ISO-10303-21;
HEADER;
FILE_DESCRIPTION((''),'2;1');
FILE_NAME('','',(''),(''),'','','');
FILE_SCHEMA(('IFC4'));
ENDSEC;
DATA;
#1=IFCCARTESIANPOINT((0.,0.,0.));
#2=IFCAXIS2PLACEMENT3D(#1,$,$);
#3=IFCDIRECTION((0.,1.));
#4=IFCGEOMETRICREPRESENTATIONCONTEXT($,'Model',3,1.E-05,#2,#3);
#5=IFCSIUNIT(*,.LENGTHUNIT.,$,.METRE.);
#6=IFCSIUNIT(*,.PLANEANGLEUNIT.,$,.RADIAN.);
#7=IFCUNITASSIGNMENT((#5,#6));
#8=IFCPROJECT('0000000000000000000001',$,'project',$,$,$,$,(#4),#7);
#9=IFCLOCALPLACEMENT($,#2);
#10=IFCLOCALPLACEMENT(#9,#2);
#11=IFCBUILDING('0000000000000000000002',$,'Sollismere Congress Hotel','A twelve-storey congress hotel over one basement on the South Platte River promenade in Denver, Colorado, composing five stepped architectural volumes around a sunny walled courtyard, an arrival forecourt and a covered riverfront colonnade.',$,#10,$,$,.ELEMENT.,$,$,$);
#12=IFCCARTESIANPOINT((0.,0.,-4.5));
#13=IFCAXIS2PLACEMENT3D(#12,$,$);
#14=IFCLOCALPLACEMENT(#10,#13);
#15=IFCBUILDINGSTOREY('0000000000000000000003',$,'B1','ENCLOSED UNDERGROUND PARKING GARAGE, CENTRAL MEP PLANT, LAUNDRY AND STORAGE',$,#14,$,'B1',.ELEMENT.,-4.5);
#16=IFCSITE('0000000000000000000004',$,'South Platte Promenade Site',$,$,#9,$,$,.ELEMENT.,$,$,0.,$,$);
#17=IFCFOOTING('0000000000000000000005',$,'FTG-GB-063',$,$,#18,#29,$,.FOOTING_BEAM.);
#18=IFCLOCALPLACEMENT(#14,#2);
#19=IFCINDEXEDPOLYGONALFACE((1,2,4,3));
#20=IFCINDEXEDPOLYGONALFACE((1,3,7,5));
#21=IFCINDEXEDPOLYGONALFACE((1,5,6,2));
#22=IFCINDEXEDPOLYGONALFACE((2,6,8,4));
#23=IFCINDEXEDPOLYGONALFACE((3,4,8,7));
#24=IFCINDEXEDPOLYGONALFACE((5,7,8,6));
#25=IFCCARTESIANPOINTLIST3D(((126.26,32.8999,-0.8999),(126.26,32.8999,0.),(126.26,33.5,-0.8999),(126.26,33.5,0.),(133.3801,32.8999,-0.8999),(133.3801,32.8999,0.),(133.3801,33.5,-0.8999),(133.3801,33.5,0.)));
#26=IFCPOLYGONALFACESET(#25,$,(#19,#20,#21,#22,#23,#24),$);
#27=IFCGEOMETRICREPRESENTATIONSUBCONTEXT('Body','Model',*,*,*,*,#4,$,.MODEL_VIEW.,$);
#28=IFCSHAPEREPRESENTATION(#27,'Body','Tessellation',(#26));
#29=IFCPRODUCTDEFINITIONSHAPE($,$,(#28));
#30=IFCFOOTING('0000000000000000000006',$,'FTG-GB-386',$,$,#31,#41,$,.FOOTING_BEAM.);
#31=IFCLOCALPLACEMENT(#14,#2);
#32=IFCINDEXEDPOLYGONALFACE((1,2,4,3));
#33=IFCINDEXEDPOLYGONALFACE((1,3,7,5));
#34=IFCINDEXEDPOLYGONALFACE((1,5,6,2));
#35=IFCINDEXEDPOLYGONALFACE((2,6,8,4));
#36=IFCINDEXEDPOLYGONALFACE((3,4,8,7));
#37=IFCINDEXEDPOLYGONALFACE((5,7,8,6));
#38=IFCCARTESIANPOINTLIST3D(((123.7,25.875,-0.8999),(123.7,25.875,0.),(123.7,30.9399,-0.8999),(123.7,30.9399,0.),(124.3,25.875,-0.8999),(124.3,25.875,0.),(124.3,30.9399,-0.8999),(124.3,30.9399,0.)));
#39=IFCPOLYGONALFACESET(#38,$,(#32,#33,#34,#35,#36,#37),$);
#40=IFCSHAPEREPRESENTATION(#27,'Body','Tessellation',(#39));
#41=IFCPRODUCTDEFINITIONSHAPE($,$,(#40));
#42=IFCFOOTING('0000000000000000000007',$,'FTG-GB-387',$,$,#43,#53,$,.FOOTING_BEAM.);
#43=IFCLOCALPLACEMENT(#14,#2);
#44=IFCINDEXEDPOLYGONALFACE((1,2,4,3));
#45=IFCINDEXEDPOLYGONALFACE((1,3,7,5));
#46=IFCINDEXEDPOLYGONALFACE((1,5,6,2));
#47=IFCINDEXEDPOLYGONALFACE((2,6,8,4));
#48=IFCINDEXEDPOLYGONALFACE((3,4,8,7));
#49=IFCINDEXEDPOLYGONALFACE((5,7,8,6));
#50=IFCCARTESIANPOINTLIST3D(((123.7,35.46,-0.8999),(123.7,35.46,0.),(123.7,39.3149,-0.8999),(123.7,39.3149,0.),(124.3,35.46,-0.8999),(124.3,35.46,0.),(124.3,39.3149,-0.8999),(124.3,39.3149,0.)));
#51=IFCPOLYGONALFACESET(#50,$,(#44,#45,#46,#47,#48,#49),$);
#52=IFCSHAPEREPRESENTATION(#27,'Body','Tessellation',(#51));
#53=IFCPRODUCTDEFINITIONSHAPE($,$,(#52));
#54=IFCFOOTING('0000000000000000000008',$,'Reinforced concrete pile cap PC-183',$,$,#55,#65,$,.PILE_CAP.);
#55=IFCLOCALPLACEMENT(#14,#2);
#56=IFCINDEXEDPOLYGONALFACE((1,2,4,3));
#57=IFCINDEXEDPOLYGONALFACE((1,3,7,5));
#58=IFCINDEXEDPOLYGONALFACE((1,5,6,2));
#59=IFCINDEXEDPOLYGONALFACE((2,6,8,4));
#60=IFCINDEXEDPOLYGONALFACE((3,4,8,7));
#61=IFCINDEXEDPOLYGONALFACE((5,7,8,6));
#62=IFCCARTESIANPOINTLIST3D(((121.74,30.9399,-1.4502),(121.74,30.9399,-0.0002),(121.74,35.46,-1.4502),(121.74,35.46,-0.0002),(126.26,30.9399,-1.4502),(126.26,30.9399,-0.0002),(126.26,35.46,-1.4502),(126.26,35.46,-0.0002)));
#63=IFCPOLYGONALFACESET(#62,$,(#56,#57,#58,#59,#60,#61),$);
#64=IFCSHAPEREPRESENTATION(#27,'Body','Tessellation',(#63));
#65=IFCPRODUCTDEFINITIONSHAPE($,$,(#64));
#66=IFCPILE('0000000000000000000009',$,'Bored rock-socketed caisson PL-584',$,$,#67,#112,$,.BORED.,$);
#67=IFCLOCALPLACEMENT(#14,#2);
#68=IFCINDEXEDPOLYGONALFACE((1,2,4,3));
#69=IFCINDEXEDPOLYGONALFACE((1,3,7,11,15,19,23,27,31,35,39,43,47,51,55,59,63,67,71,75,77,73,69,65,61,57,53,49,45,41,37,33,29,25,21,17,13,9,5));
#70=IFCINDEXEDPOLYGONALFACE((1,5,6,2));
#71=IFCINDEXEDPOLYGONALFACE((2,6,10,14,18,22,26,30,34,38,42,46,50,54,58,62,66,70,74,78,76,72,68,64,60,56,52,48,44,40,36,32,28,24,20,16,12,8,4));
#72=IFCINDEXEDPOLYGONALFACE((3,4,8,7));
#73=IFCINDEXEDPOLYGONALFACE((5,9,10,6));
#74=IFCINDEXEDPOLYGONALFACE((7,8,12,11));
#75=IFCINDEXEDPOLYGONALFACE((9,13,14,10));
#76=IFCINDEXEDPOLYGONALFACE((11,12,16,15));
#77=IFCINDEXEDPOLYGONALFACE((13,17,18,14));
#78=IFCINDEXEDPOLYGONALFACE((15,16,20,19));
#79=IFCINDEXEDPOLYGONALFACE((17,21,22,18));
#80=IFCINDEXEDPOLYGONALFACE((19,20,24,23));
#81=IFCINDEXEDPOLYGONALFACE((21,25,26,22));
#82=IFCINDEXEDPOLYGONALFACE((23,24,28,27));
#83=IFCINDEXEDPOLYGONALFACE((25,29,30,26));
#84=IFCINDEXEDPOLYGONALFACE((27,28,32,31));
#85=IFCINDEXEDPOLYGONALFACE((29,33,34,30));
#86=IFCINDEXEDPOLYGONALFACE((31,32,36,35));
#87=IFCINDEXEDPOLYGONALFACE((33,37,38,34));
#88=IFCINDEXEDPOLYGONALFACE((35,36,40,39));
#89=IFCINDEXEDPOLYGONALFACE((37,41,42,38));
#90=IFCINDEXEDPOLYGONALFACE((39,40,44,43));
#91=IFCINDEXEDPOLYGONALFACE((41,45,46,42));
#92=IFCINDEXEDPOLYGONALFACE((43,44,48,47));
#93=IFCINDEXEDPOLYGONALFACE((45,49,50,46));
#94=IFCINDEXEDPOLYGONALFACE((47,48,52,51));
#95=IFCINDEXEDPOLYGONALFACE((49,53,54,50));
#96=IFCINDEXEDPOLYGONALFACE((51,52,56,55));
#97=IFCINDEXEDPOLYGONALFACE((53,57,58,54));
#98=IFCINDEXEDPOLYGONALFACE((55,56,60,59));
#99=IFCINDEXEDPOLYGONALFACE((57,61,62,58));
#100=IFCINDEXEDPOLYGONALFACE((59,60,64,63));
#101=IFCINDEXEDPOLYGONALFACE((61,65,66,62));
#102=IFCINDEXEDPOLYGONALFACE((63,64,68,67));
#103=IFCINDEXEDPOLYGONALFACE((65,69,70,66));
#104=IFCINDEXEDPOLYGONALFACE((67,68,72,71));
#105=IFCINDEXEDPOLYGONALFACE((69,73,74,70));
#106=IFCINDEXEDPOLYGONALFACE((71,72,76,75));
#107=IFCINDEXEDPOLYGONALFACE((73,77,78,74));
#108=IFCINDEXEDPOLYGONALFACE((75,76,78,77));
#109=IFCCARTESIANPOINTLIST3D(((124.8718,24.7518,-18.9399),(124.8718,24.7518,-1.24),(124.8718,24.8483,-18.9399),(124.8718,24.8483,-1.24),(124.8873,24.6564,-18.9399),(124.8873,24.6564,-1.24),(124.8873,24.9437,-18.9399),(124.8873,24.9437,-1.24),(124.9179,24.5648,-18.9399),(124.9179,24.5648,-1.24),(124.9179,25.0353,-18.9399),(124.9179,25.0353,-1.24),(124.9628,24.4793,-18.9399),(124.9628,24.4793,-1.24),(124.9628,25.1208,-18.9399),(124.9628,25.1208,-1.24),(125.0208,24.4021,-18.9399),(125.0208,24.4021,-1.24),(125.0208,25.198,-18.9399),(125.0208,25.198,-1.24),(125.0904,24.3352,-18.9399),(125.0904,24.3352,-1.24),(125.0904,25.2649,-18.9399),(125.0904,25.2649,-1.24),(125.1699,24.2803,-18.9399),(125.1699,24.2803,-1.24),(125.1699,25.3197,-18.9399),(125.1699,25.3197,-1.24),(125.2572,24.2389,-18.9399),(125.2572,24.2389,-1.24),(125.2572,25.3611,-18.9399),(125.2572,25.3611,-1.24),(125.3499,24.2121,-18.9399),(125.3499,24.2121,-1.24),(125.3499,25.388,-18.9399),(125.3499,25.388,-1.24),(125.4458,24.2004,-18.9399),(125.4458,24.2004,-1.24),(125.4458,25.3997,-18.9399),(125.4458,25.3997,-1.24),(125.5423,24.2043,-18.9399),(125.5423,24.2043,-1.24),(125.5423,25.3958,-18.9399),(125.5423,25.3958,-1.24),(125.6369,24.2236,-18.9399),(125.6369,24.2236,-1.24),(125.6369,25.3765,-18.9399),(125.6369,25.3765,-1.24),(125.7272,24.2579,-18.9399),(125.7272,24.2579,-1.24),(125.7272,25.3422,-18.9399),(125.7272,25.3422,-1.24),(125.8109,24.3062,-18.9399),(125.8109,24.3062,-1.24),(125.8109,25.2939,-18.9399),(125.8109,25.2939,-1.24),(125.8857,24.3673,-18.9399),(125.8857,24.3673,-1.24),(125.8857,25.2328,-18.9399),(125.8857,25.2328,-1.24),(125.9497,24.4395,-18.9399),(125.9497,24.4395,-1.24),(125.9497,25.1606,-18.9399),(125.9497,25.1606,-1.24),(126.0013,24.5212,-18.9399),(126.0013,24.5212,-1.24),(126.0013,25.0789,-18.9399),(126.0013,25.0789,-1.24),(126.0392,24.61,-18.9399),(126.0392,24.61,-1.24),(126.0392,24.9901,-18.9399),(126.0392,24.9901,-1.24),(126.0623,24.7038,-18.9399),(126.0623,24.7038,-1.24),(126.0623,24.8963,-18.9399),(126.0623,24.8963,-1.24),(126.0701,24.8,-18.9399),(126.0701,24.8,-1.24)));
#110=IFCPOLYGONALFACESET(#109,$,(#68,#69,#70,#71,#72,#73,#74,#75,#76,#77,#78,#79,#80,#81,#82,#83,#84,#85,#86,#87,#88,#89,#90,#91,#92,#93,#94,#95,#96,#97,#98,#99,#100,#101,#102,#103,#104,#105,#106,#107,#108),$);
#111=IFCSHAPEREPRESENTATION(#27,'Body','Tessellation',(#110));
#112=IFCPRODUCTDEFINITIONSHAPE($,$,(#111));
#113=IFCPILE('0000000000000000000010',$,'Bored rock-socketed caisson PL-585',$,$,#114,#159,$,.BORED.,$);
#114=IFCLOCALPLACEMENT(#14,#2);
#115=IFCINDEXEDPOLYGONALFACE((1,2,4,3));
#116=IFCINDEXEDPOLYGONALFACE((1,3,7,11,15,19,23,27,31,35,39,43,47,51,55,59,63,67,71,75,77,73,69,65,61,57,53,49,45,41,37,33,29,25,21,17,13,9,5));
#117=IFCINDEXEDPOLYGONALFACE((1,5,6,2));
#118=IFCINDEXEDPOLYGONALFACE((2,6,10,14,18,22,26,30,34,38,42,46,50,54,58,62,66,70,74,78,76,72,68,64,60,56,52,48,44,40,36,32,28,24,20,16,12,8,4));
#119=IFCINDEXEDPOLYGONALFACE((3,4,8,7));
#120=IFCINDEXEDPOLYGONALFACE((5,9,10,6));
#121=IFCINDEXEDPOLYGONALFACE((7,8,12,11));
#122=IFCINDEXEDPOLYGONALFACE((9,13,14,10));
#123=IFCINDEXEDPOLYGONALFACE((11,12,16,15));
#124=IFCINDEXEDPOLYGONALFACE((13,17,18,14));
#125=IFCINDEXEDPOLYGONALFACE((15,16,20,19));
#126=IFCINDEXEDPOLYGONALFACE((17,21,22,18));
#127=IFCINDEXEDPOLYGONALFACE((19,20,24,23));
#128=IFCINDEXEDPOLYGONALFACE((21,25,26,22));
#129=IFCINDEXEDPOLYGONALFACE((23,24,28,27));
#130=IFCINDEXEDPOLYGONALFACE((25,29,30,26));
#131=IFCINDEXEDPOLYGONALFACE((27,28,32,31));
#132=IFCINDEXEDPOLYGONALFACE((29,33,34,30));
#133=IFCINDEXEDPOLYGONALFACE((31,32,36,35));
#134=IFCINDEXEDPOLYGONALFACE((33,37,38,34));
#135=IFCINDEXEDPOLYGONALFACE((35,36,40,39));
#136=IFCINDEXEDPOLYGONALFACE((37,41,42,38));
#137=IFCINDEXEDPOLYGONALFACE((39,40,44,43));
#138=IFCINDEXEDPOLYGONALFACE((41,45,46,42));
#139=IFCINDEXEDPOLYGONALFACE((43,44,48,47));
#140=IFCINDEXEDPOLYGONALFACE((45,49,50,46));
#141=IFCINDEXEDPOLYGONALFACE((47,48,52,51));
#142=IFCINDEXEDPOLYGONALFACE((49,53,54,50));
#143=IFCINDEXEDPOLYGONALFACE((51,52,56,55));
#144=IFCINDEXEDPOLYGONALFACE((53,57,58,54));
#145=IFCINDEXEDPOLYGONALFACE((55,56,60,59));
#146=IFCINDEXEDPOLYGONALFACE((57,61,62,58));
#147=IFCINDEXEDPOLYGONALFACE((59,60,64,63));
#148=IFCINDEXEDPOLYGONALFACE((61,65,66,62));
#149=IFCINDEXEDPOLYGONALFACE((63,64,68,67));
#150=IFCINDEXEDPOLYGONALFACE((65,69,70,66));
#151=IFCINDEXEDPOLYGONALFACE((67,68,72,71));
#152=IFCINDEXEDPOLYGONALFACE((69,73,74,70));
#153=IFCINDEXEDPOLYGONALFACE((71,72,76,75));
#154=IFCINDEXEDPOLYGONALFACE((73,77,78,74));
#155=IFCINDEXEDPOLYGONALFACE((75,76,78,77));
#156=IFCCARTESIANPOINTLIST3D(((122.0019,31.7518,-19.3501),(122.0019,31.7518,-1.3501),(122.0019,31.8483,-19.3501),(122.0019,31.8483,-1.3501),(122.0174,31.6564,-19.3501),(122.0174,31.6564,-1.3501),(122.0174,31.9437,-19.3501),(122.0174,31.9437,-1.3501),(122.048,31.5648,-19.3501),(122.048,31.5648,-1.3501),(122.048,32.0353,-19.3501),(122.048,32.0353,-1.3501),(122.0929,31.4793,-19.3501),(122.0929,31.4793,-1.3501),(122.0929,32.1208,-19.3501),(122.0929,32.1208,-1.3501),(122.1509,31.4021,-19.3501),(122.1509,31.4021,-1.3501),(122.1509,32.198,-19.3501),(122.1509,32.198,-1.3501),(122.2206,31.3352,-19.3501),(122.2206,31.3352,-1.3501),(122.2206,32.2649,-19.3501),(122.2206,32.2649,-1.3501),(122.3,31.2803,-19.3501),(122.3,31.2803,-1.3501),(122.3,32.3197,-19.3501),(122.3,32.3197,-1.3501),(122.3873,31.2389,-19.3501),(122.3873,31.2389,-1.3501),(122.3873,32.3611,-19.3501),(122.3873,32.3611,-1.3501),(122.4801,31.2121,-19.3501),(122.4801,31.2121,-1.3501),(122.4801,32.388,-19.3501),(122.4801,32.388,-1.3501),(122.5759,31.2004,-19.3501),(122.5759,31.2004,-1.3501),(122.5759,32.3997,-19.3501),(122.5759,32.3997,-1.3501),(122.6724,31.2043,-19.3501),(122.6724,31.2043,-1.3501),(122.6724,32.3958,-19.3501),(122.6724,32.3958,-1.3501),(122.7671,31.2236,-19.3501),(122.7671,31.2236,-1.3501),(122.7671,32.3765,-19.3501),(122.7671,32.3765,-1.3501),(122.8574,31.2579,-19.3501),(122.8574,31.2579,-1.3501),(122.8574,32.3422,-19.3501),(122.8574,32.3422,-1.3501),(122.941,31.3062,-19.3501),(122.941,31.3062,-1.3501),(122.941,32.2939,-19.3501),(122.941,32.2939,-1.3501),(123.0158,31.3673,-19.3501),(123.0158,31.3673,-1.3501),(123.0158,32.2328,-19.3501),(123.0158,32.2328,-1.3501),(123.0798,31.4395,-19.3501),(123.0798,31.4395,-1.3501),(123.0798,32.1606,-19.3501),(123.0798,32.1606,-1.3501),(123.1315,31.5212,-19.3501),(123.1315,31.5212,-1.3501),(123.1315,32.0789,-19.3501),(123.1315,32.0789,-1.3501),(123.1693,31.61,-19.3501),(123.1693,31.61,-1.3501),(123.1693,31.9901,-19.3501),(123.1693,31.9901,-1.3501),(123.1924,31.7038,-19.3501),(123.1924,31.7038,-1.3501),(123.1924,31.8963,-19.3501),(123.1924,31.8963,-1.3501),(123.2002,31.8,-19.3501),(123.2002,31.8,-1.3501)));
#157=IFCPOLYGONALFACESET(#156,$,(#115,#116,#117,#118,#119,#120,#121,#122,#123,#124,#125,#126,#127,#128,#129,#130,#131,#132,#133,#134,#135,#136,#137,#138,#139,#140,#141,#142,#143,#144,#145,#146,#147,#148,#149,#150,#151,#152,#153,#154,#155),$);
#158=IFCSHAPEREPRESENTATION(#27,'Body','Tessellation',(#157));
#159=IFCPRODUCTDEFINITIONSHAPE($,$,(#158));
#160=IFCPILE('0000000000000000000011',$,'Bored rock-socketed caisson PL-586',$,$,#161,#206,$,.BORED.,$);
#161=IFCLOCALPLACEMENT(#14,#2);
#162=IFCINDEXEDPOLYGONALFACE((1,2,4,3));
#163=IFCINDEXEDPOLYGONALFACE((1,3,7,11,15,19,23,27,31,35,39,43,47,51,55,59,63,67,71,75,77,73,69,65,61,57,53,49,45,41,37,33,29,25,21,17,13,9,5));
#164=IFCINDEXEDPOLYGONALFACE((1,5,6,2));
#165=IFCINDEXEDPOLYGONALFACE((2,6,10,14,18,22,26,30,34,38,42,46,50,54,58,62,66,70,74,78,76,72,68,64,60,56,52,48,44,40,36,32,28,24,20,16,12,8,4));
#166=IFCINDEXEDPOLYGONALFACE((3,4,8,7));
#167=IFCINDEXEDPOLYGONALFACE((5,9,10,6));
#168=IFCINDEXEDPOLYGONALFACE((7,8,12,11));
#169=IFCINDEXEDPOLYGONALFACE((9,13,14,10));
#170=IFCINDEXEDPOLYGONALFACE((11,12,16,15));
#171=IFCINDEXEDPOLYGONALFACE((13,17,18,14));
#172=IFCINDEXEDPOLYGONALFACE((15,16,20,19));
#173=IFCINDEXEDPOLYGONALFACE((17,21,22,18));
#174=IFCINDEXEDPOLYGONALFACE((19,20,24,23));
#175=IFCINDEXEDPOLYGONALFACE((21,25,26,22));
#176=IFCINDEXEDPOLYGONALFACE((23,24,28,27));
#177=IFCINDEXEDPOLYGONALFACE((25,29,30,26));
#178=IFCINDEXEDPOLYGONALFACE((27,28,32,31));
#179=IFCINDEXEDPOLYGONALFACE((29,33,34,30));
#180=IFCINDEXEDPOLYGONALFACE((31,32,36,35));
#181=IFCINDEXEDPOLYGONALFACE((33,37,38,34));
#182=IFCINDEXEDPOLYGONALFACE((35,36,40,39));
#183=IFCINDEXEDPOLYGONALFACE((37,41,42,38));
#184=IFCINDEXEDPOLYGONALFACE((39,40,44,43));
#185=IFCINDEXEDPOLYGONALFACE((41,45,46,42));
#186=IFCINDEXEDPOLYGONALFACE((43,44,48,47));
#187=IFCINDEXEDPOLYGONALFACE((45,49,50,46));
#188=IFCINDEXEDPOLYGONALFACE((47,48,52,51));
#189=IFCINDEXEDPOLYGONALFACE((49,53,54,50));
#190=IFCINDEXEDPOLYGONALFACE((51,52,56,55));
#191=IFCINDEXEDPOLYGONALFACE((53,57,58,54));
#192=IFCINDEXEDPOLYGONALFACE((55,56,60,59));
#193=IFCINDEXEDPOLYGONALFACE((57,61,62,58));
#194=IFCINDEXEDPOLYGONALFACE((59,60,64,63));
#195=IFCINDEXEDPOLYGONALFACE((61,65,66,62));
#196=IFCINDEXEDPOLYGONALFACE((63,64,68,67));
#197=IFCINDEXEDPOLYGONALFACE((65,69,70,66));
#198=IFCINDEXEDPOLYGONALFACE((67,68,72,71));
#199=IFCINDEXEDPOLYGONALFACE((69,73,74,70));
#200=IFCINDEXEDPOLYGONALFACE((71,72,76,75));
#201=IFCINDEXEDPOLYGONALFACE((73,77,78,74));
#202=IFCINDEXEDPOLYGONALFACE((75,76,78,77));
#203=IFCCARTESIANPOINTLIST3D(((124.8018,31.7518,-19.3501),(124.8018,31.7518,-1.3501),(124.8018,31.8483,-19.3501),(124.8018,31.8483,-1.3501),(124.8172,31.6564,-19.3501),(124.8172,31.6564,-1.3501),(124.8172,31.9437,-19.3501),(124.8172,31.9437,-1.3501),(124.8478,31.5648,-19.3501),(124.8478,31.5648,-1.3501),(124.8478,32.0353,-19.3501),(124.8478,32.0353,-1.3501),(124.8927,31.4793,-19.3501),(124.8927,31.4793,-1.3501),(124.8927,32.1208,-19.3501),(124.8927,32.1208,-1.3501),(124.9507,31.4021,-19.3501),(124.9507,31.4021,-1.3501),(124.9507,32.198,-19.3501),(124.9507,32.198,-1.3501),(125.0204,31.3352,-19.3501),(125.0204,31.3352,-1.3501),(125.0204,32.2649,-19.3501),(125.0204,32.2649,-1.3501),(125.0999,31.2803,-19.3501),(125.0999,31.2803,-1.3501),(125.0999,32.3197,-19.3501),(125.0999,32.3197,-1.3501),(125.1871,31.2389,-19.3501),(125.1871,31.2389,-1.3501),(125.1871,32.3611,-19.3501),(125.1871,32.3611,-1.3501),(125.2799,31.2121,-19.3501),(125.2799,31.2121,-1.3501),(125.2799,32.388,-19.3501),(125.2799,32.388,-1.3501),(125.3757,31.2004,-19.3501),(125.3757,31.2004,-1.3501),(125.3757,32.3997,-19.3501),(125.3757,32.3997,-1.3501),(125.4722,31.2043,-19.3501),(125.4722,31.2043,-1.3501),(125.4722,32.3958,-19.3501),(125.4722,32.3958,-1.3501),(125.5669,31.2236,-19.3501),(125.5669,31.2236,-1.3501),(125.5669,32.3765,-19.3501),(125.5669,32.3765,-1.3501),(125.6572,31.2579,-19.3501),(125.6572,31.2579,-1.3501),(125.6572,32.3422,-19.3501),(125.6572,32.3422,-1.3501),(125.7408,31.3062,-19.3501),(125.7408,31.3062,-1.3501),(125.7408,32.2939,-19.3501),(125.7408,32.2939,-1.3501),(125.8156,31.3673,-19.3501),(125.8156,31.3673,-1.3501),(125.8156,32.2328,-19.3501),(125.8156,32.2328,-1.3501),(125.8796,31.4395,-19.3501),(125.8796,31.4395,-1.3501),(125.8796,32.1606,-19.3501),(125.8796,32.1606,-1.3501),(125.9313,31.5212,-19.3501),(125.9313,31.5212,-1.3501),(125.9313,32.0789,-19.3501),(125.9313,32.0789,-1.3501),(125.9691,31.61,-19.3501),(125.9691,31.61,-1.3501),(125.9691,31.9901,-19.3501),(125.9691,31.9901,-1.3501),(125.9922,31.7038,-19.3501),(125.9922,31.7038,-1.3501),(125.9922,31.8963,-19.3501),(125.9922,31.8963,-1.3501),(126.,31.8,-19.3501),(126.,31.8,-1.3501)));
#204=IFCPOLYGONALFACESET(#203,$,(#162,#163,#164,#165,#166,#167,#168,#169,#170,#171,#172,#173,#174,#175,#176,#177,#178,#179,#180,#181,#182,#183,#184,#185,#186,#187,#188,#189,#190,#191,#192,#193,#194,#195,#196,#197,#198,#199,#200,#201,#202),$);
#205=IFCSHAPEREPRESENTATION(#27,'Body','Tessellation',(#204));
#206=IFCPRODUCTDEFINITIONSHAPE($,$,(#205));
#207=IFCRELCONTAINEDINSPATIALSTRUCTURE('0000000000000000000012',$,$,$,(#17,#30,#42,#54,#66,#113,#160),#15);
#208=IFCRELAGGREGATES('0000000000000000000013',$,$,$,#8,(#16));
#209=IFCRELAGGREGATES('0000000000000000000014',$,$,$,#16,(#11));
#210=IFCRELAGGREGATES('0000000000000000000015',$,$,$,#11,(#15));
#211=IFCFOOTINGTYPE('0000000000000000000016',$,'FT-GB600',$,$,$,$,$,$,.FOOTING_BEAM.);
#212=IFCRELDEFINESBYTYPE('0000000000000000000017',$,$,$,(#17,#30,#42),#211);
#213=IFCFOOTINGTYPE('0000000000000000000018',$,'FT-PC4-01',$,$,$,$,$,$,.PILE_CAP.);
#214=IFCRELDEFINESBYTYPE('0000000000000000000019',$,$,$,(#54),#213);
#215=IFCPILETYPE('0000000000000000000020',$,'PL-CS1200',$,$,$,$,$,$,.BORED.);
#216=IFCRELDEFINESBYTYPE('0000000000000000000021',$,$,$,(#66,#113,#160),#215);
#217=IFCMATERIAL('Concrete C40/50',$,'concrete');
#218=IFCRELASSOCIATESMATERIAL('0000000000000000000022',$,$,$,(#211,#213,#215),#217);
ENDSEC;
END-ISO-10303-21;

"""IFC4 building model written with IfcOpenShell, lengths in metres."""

from ifc_helpers import new_model, si_unit, direction, frame, origin, origin_2d, place, context, subcontext, project, spatial, rectangle, circle, extrude, material, material_profile, profile_set, type_object, element, save


model = new_model("IFC4")

# Units and contexts
model_context = context("Model", 3, precision=1e-05, world=origin(), true_north=direction((0.0, 1.0)))
body_context = subcontext(model_context, "Body", "Model", "MODEL_VIEW")
ifc_project = project(units=[si_unit("LENGTHUNIT", "METRE"), si_unit("PLANEANGLEUNIT", "RADIAN")], contexts=[model_context])

# Site, building, storey
site_placement = place(None, origin())
site = spatial("IfcSite", under=ifc_project, at=site_placement, Name="South Platte Promenade Site", CompositionType="ELEMENT", RefElevation=0.0)
building_placement = place(site_placement, origin())
building = spatial("IfcBuilding", under=site, at=building_placement, Name="Sollismere Congress Hotel", Description="A twelve-storey congress hotel over one basement on the South Platte River promenade in Denver, Colorado, composing five stepped architectural volumes around a sunny walled courtyard, an arrival forecourt and a covered riverfront colonnade.", CompositionType="ELEMENT")
storey_placement = place(building_placement, frame((0.0, 0.0, -4.5)))
storey = spatial("IfcBuildingStorey", under=building, at=storey_placement, Name="B1", Description="ENCLOSED UNDERGROUND PARKING GARAGE, CENTRAL MEP PLANT, LAUNDRY AND STORAGE", LongName="B1", CompositionType="ELEMENT", Elevation=-4.5)

# Footings
ifc_material_1 = material(Name="Concrete C40/50", Category="concrete")
footing_type_1 = type_object("IfcFootingType", Name="FT-GB600", PredefinedType="FOOTING_BEAM", material=ifc_material_1)
footing_1_placement = place(storey_placement, frame((129.8201, 33.2, -0.8999), z_axis=(0.0, 0.0, 1.0), x_axis=(1.0, 0.0, 0.0)))
element("IfcFooting", 1, at=footing_1_placement, inside=storey, type_object=footing_type_1, Name="FTG-GB-063", PredefinedType="FOOTING_BEAM", context=body_context, shape_type="SweptSolid", body=[
    extrude(rectangle(XDim=7.1201, YDim=0.6001, at=origin_2d()), origin(), (0.0, 0.0, 1.0), 0.8999),
])
footing_2_placement = place(storey_placement, frame((124.0, 28.4075, -0.8999), z_axis=(0.0, 0.0, 1.0), x_axis=(0.0, 1.0, 0.0)))
element("IfcFooting", 2, at=footing_2_placement, inside=storey, type_object=footing_type_1, Name="FTG-GB-386", PredefinedType="FOOTING_BEAM", context=body_context, shape_type="SweptSolid", body=[
    extrude(rectangle(XDim=5.0649, YDim=0.6001, at=origin_2d()), origin(), (0.0, 0.0, 1.0), 0.8999),
])
footing_3_placement = place(storey_placement, frame((124.0, 37.3875, -0.8999), z_axis=(0.0, 0.0, 1.0), x_axis=(0.0, 1.0, 0.0)))
element("IfcFooting", 3, at=footing_3_placement, inside=storey, type_object=footing_type_1, Name="FTG-GB-387", PredefinedType="FOOTING_BEAM", context=body_context, shape_type="SweptSolid", body=[
    extrude(rectangle(XDim=3.855, YDim=0.6001, at=origin_2d()), origin(), (0.0, 0.0, 1.0), 0.8999),
])
footing_type_2 = type_object("IfcFootingType", Name="FT-PC4-01", PredefinedType="PILE_CAP", material=ifc_material_1)
footing_4_placement = place(storey_placement, frame((124.0, 33.2, -1.4502), z_axis=(0.0, 0.0, 1.0), x_axis=(1.0, 0.0, 0.0)))
element("IfcFooting", 4, at=footing_4_placement, inside=storey, type_object=footing_type_2, Name="Reinforced concrete pile cap PC-183", PredefinedType="PILE_CAP", context=body_context, shape_type="SweptSolid", body=[
    extrude(rectangle(XDim=4.52, YDim=4.52, at=origin_2d()), origin(), (0.0, 0.0, 1.0), 1.45),
])

# Piles
ifc_material_profile_1 = material_profile(ifc_material_1, circle(Radius=0.6001, at=origin_2d()), Name="CAISSON1200")
ifc_profile_set_1 = profile_set([ifc_material_profile_1], Name="Concrete C40/50")
pile_type = type_object("IfcPileType", Name="PL-CS1200", PredefinedType="BORED", material=ifc_profile_set_1)
pile_placement = place(storey_placement, frame((125.47, 24.8, -1.24), z_axis=(0.0, 0.0, -1.0), x_axis=(1.0, 0.0, 0.0)))
element("IfcPile", 5, at=pile_placement, inside=storey, type_object=pile_type, Name="Bored rock-socketed caisson PL-584", PredefinedType="BORED", context=body_context, shape_type="SweptSolid", body=[
    extrude(circle(Radius=0.6001, at=origin_2d()), origin(), (0.0, 0.0, 1.0), 17.7),
])
for number, where, z_axis, x_axis, name in (
    (6, (122.6001, 31.8, -1.3501), (0.0, 0.0, -1.0), (1.0, 0.0, 0.0), "Bored rock-socketed caisson PL-585"),
    (7, (125.3999, 31.8, -1.3501), (0.0, 0.0, -1.0), (1.0, 0.0, 0.0), "Bored rock-socketed caisson PL-586"),
):
    element("IfcPile", number, at=place(storey_placement, frame(where, z_axis=z_axis, x_axis=x_axis)), inside=storey, type_object=pile_type, Name=name, PredefinedType="BORED", context=body_context, shape_type="SweptSolid", body=[
        extrude(circle(Radius=0.6001, at=origin_2d()), origin(), (0.0, 0.0, 1.0), 18.0),
    ])

save(model, "model.ifc")
